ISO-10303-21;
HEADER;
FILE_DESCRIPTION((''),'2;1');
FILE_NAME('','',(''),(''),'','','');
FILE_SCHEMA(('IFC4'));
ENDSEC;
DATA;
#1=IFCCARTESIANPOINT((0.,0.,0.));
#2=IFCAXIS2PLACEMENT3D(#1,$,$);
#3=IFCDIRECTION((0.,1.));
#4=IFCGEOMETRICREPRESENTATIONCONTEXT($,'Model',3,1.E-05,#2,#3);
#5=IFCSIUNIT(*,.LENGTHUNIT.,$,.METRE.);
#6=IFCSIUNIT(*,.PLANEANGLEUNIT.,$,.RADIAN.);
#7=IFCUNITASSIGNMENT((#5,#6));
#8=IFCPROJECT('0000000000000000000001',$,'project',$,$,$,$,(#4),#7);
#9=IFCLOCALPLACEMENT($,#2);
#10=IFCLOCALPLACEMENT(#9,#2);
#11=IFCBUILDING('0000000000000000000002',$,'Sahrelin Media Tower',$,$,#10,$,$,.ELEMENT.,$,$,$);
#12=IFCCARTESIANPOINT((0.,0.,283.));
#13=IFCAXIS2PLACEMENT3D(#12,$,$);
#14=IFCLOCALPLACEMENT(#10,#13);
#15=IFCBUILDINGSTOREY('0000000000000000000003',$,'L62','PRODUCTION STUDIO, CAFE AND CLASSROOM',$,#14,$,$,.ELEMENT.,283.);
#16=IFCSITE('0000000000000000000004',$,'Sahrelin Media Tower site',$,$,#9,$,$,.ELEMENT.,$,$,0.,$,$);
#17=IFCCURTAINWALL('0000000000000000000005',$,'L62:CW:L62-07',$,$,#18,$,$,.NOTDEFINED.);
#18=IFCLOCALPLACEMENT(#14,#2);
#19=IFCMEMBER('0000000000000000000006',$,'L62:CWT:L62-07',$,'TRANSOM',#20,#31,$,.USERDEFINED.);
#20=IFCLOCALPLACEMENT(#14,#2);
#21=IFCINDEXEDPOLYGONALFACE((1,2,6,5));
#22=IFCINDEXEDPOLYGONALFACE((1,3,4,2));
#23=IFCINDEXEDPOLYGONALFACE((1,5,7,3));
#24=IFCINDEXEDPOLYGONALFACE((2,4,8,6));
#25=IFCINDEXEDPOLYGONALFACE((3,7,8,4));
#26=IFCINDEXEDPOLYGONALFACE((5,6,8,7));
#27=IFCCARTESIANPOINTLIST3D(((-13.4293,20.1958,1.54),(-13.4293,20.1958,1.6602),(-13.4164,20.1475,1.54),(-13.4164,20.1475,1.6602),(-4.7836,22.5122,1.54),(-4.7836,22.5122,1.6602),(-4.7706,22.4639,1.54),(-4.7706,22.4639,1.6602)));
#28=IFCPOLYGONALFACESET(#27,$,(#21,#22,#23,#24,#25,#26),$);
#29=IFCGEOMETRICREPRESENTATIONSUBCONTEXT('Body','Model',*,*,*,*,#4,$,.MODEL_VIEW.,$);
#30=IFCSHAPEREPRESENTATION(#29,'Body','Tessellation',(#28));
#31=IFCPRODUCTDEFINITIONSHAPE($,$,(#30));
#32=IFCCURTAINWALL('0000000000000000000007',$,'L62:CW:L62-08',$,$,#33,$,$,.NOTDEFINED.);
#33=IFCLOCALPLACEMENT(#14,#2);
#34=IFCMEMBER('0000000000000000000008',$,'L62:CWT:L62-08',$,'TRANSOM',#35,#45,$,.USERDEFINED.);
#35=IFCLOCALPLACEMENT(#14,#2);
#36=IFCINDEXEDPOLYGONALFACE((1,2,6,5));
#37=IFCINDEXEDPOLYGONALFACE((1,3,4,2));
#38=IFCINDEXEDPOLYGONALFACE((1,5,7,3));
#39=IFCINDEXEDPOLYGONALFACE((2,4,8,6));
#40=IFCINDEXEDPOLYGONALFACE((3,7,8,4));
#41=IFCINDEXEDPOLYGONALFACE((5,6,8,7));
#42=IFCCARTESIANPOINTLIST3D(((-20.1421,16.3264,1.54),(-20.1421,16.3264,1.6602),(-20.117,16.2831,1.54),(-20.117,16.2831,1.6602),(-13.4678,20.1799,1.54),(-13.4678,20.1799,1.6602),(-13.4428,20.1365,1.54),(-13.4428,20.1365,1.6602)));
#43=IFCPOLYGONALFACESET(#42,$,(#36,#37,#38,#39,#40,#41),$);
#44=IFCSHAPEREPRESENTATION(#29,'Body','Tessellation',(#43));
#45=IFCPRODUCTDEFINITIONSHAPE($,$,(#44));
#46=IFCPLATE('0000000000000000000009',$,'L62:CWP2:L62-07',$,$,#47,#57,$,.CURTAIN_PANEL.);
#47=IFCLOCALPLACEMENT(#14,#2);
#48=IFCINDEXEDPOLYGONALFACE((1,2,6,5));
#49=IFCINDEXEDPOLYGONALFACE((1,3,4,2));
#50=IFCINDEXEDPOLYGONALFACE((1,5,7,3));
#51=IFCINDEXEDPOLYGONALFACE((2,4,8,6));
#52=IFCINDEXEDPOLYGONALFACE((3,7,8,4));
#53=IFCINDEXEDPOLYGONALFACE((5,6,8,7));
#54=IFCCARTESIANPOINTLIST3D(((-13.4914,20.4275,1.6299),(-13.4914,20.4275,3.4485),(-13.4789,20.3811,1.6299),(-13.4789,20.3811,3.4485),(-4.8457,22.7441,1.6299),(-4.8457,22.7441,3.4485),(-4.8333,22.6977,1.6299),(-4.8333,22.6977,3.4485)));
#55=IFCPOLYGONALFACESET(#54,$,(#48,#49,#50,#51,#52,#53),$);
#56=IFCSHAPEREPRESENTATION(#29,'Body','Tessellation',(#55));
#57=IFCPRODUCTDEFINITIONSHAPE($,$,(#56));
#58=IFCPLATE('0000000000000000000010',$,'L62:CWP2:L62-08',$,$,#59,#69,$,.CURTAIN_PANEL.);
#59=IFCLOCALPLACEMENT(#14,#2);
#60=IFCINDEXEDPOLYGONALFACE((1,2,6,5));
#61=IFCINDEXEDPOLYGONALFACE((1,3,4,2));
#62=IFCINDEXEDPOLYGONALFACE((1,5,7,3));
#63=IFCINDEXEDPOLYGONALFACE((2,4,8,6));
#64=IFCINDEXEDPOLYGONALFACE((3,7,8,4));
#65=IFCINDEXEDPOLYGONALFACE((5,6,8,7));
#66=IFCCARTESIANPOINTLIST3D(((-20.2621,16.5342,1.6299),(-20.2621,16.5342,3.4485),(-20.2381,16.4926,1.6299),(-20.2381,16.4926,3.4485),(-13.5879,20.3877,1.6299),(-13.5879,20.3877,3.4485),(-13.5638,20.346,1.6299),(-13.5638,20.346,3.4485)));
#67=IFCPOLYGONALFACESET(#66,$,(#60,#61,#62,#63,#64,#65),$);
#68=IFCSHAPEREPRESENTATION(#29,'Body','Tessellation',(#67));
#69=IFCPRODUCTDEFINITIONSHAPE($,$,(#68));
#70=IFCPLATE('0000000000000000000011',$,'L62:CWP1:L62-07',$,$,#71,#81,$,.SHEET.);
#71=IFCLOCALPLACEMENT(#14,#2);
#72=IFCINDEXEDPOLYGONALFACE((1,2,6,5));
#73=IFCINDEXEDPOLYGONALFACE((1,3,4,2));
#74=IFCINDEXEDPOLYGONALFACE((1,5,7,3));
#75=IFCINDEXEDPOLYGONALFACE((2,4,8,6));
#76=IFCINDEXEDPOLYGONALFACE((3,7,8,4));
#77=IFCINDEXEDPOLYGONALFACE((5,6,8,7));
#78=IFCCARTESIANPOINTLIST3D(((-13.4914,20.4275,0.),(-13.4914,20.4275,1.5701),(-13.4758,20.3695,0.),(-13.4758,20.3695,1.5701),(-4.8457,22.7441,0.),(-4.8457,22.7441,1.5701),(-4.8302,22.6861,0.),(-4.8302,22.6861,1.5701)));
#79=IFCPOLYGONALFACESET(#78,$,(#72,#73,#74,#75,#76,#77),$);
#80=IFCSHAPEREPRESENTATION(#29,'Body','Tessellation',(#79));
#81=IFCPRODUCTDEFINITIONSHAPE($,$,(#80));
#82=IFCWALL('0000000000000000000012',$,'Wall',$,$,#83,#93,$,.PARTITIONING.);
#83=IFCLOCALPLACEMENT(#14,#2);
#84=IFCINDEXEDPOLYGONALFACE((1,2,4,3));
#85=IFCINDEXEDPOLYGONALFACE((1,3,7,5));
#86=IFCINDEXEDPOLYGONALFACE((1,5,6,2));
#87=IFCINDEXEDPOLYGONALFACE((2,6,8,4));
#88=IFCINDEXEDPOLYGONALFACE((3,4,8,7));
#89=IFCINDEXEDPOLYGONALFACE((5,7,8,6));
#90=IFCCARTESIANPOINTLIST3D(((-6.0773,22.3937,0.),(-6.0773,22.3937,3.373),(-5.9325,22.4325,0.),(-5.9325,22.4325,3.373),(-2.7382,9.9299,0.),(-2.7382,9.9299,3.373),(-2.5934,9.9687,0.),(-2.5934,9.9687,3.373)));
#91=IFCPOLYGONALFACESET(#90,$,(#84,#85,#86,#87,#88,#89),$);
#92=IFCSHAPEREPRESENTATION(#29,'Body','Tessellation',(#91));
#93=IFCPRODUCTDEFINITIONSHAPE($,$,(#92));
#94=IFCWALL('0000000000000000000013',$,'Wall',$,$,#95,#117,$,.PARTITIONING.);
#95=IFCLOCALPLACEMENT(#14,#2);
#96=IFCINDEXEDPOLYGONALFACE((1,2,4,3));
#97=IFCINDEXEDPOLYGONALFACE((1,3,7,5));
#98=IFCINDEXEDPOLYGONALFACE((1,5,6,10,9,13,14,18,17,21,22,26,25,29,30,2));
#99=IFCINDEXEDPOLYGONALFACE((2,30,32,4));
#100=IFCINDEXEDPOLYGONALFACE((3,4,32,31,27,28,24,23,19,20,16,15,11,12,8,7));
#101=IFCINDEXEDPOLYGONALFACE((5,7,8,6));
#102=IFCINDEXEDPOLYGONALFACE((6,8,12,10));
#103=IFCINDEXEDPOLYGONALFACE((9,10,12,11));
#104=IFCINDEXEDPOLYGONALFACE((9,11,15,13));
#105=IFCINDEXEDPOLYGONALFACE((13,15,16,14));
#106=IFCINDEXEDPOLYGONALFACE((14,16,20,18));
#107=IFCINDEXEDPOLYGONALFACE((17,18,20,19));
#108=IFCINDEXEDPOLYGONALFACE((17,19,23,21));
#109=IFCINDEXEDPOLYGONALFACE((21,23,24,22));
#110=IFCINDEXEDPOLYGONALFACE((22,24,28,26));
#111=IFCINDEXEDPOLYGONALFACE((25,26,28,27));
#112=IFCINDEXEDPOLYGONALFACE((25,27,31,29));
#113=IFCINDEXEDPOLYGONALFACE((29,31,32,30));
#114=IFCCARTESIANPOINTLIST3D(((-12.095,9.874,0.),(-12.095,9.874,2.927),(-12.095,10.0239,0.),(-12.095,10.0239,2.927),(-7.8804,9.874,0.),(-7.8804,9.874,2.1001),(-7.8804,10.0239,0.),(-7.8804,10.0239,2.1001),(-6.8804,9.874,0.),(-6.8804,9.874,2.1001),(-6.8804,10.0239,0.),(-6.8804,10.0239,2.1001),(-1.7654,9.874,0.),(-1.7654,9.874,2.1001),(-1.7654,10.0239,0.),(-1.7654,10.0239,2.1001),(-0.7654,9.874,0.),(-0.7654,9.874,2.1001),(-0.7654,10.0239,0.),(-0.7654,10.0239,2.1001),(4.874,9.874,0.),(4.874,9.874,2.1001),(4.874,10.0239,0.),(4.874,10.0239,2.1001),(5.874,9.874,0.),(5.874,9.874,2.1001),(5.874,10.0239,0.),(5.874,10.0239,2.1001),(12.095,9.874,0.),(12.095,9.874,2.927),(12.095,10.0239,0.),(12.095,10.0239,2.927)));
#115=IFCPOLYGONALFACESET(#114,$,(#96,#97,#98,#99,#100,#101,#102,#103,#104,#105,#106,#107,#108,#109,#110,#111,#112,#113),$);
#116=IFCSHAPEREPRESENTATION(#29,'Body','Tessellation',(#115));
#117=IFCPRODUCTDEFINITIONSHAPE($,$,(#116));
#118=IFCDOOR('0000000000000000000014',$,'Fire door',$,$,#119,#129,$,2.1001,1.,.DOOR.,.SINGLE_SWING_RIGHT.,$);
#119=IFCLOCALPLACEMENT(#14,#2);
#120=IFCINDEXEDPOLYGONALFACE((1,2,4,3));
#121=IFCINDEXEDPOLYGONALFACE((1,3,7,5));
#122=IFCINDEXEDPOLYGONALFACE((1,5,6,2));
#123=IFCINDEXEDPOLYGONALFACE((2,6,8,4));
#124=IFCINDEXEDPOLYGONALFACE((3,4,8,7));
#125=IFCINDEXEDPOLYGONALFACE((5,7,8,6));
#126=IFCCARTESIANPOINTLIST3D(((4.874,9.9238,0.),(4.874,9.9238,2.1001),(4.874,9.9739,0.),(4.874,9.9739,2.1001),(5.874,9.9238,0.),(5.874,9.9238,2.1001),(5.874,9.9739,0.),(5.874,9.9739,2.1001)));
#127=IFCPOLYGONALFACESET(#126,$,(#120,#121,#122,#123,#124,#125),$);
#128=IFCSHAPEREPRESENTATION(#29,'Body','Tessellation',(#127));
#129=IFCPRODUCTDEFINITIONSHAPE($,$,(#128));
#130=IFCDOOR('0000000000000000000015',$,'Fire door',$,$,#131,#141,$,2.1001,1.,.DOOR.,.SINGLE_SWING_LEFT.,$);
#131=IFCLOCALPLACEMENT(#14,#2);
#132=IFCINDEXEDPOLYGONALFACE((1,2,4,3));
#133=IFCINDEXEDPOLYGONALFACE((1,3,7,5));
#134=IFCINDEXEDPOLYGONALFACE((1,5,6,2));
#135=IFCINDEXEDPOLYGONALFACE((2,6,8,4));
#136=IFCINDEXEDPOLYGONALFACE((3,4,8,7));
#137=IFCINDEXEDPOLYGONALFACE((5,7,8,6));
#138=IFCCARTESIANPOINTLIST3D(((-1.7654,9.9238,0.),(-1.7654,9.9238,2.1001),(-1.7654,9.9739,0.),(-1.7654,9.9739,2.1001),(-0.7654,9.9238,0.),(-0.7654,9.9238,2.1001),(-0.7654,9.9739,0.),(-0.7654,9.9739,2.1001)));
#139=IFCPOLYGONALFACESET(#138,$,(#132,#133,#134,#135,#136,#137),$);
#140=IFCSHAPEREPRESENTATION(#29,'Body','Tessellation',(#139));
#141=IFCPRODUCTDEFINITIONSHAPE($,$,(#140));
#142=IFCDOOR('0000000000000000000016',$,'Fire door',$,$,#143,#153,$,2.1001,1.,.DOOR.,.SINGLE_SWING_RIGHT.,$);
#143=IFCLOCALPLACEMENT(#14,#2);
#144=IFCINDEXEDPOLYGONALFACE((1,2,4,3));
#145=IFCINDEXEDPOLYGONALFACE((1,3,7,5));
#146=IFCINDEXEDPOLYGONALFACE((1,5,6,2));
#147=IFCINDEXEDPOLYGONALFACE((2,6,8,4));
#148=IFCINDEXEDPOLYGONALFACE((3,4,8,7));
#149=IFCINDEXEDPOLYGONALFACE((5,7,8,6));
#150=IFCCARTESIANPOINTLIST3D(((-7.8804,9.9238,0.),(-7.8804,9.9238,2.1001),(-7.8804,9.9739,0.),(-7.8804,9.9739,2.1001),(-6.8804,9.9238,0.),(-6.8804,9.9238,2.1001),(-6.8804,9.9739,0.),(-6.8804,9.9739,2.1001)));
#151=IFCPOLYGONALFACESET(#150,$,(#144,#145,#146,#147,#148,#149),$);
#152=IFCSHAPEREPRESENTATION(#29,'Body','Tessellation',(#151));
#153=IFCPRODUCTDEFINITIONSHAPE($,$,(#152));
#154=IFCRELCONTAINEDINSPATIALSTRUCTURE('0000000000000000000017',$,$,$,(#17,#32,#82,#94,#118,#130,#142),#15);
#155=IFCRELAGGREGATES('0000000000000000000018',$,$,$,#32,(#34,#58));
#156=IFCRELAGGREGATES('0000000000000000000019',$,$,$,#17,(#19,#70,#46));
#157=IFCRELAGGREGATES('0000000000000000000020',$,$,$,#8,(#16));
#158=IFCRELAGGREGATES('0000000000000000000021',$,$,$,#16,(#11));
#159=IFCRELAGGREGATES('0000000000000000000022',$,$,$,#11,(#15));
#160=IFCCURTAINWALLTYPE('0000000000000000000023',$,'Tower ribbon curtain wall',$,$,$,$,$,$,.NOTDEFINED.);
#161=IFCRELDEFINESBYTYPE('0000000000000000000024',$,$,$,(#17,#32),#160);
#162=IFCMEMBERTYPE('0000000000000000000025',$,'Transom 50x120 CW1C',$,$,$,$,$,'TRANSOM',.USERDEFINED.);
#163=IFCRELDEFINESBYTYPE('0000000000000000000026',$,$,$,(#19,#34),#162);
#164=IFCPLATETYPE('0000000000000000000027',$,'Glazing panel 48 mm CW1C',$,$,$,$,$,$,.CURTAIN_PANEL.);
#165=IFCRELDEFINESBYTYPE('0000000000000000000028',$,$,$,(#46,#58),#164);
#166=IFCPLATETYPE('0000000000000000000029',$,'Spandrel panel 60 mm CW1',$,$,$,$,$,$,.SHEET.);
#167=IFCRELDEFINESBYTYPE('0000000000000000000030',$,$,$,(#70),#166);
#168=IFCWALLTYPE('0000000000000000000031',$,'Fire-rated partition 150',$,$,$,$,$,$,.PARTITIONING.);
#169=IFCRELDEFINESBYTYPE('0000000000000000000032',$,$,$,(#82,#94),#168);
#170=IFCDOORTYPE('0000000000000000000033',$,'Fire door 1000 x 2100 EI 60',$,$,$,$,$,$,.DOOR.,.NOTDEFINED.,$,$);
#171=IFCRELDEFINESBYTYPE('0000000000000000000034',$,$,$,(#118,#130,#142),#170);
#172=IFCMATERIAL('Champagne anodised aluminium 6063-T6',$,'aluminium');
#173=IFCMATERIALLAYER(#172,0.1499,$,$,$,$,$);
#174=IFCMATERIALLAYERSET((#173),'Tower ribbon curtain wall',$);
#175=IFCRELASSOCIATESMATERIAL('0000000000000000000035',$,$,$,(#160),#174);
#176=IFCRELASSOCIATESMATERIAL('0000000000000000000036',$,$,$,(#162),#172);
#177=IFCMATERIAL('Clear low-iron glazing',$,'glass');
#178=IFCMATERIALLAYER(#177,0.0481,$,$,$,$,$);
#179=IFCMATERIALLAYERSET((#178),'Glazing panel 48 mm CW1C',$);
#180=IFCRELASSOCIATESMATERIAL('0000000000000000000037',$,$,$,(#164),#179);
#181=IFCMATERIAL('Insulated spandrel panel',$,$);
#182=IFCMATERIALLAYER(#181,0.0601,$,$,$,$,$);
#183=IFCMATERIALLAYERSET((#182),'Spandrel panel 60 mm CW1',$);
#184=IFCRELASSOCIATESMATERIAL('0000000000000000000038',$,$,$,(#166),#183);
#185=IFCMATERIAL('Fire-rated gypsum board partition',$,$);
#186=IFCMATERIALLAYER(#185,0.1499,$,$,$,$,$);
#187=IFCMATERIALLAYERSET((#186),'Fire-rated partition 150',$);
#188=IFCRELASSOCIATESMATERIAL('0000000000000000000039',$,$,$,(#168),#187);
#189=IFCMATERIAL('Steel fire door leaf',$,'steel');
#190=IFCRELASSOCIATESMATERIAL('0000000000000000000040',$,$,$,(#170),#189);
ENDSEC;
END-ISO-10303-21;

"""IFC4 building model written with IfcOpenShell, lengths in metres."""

from ifc_helpers import new_model, si_unit, direction, frame, frame_2d, origin, origin_2d, place, context, subcontext, project, spatial, polyline, rectangle, outline, extrude, material, layer, layer_set, material_profile, profile_set, type_object, element, fill, aggregate, save


model = new_model("IFC4")

# Units and contexts
model_context = context("Model", 3, precision=1e-05, world=origin(), true_north=direction((0.0, 1.0)))
body_context = subcontext(model_context, "Body", "Model", "MODEL_VIEW")
ifc_project = project(units=[si_unit("LENGTHUNIT", "METRE"), si_unit("PLANEANGLEUNIT", "RADIAN")], contexts=[model_context])

# Site, building, storey
site_placement = place(None, origin())
site = spatial("IfcSite", under=ifc_project, at=site_placement, Name="Sahrelin Media Tower site", CompositionType="ELEMENT", RefElevation=0.0)
building_placement = place(site_placement, origin())
building = spatial("IfcBuilding", under=site, at=building_placement, Name="Sahrelin Media Tower", CompositionType="ELEMENT")
storey_placement = place(building_placement, frame((0.0, 0.0, 283.0)))
storey = spatial("IfcBuildingStorey", under=building, at=storey_placement, Name="L62", Description="PRODUCTION STUDIO, CAFE AND CLASSROOM", CompositionType="ELEMENT", Elevation=283.0)

# Curtain wall
ifc_material_1 = material(Name="Champagne anodised aluminium 6063-T6", Category="aluminium")
ifc_layer_1 = layer(ifc_material_1, 0.1499)
ifc_layer_set_1 = layer_set([ifc_layer_1], Name="Tower ribbon curtain wall")
curtain_wall_type = type_object("IfcCurtainWallType", Name="Tower ribbon curtain wall", PredefinedType="NOTDEFINED", material=ifc_layer_set_1)
curtain_wall_1_placement = place(storey_placement, frame((-9.1633, 21.5664, 0.0), z_axis=(0.0, 0.0, 1.0), x_axis=(1.0, 0.0, 0.0)))
curtain_wall_1 = element("IfcCurtainWall", 1, at=curtain_wall_1_placement, inside=storey, type_object=curtain_wall_type, Name="L62:CW:L62-07", PredefinedType="NOTDEFINED")

# Member
ifc_material_profile_1 = material_profile(ifc_material_1, rectangle(XDim=0.05, YDim=0.1201, at=origin_2d()), Name="Transom 50x120")
ifc_profile_set_1 = profile_set([ifc_material_profile_1], Name="Champagne anodised aluminium 6063-T6")
member_type_1 = type_object("IfcMemberType", Name="Transom 50x120 CW1C", ElementType="TRANSOM", PredefinedType="USERDEFINED", material=ifc_profile_set_1)
member_1_placement = place(storey_placement, frame((-4.7771, 22.488, 1.6001), z_axis=(-0.965932, -0.258797, 0.0), x_axis=(0.258797, -0.965932, 0.0)))
member_1 = element("IfcMember", 2, at=member_1_placement, type_object=member_type_1, Name="L62:CWT:L62-07", ObjectType="TRANSOM", PredefinedType="USERDEFINED", context=body_context, shape_type="SweptSolid", body=[
    extrude(rectangle(XDim=0.05, YDim=0.1201, at=origin_2d()), origin(), (0.0, 0.0, 1.0), 8.9507),
])

# Curtain wall, member
curtain_wall_2_placement = place(storey_placement, frame((-16.915, 18.4436, 0.0), z_axis=(0.0, 0.0, 1.0), x_axis=(1.0, 0.0, 0.0)))
curtain_wall_2 = element("IfcCurtainWall", 3, at=curtain_wall_2_placement, inside=storey, type_object=curtain_wall_type, Name="L62:CW:L62-08", PredefinedType="NOTDEFINED")
member_2_placement = place(storey_placement, frame((-13.4553, 20.1582, 1.6001), z_axis=(-0.86602, -0.500009, 0.0), x_axis=(0.500009, -0.86602, 0.0)))
member_2 = element("IfcMember", 4, at=member_2_placement, type_object=member_type_1, Name="L62:CWT:L62-08", ObjectType="TRANSOM", PredefinedType="USERDEFINED", context=body_context, shape_type="SweptSolid", body=[
    extrude(rectangle(XDim=0.05, YDim=0.1201, at=origin_2d()), origin(), (0.0, 0.0, 1.0), 7.7068),
])

# Plates
ifc_material_2 = material(Name="Clear low-iron glazing", Category="glass")
ifc_layer_2 = layer(ifc_material_2, 0.0481)
ifc_layer_set_2 = layer_set([ifc_layer_2], Name="Glazing panel 48 mm CW1C")
plate_type_1 = type_object("IfcPlateType", Name="Glazing panel 48 mm CW1C", PredefinedType="CURTAIN_PANEL", material=ifc_layer_set_2)
plate_1_placement = place(storey_placement, frame((-4.8457, 22.7441, 1.6299), z_axis=(-0.258822, 0.965925, 0.0), x_axis=(-0.965925, -0.258822, 0.0)))
plate_1 = element("IfcPlate", 5, at=plate_1_placement, type_object=plate_type_1, Name="L62:CWP2:L62-07", PredefinedType="CURTAIN_PANEL", context=body_context, shape_type="SweptSolid", body=[
    extrude(outline(polyline([(0.0, 0.0), (8.9507, 0.0), (8.9507, 1.8186), (0.0, 1.8186), (0.0, 0.0)])), origin(), (0.0, 0.0, -1.0), 0.0481),
])
plate_2_placement = place(storey_placement, frame((-13.5879, 20.3877, 1.6299), z_axis=(-0.500009, 0.86602, 0.0), x_axis=(-0.86602, -0.500009, 0.0)))
plate_2 = element("IfcPlate", 6, at=plate_2_placement, type_object=plate_type_1, Name="L62:CWP2:L62-08", PredefinedType="CURTAIN_PANEL", context=body_context, shape_type="SweptSolid", body=[
    extrude(outline(polyline([(0.0, 0.0), (7.7068, 0.0), (7.7068, 1.8186), (0.0, 1.8186), (0.0, 0.0)])), origin(), (0.0, 0.0, -1.0), 0.0481),
])
aggregate(curtain_wall_2, [member_2, plate_2])
ifc_material_3 = material(Name="Insulated spandrel panel")
ifc_layer_3 = layer(ifc_material_3, 0.0601)
ifc_layer_set_3 = layer_set([ifc_layer_3], Name="Spandrel panel 60 mm CW1")
plate_type_2 = type_object("IfcPlateType", Name="Spandrel panel 60 mm CW1", PredefinedType="SHEET", material=ifc_layer_set_3)
plate_3_placement = place(storey_placement, frame((-4.8457, 22.7441, 0.0), z_axis=(-0.258822, 0.965925, 0.0), x_axis=(-0.965925, -0.258822, 0.0)))
plate_3 = element("IfcPlate", 7, at=plate_3_placement, type_object=plate_type_2, Name="L62:CWP1:L62-07", PredefinedType="SHEET", context=body_context, shape_type="SweptSolid", body=[
    extrude(outline(polyline([(0.0, 0.0), (8.9507, 0.0), (8.9507, 1.5701), (0.0, 1.5701), (0.0, 0.0)])), origin(), (0.0, 0.0, -1.0), 0.0601),
])
aggregate(curtain_wall_1, [member_1, plate_3, plate_1])

# Wall
ifc_material_4 = material(Name="Fire-rated gypsum board partition")
ifc_layer_4 = layer(ifc_material_4, 0.1499)
ifc_layer_set_4 = layer_set([ifc_layer_4], Name="Fire-rated partition 150")
wall_type_1 = type_object("IfcWallType", Name="Fire-rated partition 150", PredefinedType="PARTITIONING", material=ifc_layer_set_4)
wall_1_placement = place(storey_placement, frame((-6.0049, 22.4131, 0.0), z_axis=(0.0, 0.0, 1.0), x_axis=(0.258778, -0.965937, 0.0)))
element("IfcWall", 8, at=wall_1_placement, inside=storey, type_object=wall_type_1, Name="Wall", PredefinedType="PARTITIONING", context=body_context, shape_type="SweptSolid", body=[
    extrude(rectangle(XDim=12.9033, YDim=0.1499, at=frame_2d((6.4517, 0.0))), origin(), (0.0, 0.0, 1.0), 3.373),
])

# Wall, openings, doors
wall_2_placement = place(storey_placement, frame((-12.095, 9.949, 0.0), z_axis=(0.0, 0.0, 1.0), x_axis=(1.0, 0.0, 0.0)))
wall_2 = element("IfcWall", 9, at=wall_2_placement, inside=storey, type_object=wall_type_1, Name="Wall", PredefinedType="PARTITIONING", context=body_context, shape_type="SweptSolid", body=[
    extrude(rectangle(XDim=24.1899, YDim=0.1499, at=frame_2d((12.095, 0.0))), origin(), (0.0, 0.0, 1.0), 2.927),
])
opening_1_placement = place(wall_2_placement, frame((16.969, 0.0, 0.0)))
opening_1 = element("IfcOpeningElement", 10, at=opening_1_placement, cuts=wall_2, PredefinedType="OPENING", context=body_context, shape_type="SweptSolid", body=[
    extrude(rectangle(XDim=1.0, YDim=2.1001, at=frame_2d((0.5, 1.05))), frame((0.0, 0.075, 0.0), z_axis=(0.0, -1.0, 0.0), x_axis=(1.0, 0.0, 0.0)), (0.0, 0.0, 1.0), 0.1499),
])
opening_2_placement = place(wall_2_placement, frame((10.3296, 0.0, 0.0)))
opening_2 = element("IfcOpeningElement", 11, at=opening_2_placement, cuts=wall_2, PredefinedType="OPENING", context=body_context, shape_type="SweptSolid", body=[
    extrude(rectangle(XDim=1.0, YDim=2.1001, at=frame_2d((0.5, 1.05))), frame((0.0, 0.075, 0.0), z_axis=(0.0, -1.0, 0.0), x_axis=(1.0, 0.0, 0.0)), (0.0, 0.0, 1.0), 0.1499),
])
opening_3_placement = place(wall_2_placement, frame((4.2146, 0.0, 0.0)))
opening_3 = element("IfcOpeningElement", 12, at=opening_3_placement, cuts=wall_2, PredefinedType="OPENING", context=body_context, shape_type="SweptSolid", body=[
    extrude(rectangle(XDim=1.0, YDim=2.1001, at=frame_2d((0.5, 1.05))), frame((0.0, 0.075, 0.0), z_axis=(0.0, -1.0, 0.0), x_axis=(1.0, 0.0, 0.0)), (0.0, 0.0, 1.0), 0.1499),
])
ifc_material_5 = material(Name="Steel fire door leaf", Category="steel")
door_type_1 = type_object("IfcDoorType", Name="Fire door 1000 x 2100 EI 60", OperationType="NOTDEFINED", PredefinedType="DOOR", material=ifc_material_5)
door_1_placement = place(opening_1_placement, origin())
door_1 = element("IfcDoor", 13, at=door_1_placement, inside=storey, type_object=door_type_1, Name="Fire door", OperationType="SINGLE_SWING_RIGHT", OverallHeight=2.1001, OverallWidth=1.0, PredefinedType="DOOR", context=body_context, shape_type="SweptSolid", body=[
    extrude(rectangle(XDim=1.0, YDim=2.1001, at=frame_2d((0.5, 1.05))), frame((0.0, 0.0249, 0.0), z_axis=(0.0, -1.0, 0.0), x_axis=(1.0, 0.0, 0.0)), (0.0, 0.0, 1.0), 0.05),
])
fill(opening_1, door_1)
door_2_placement = place(opening_2_placement, origin())
door_2 = element("IfcDoor", 14, at=door_2_placement, inside=storey, type_object=door_type_1, Name="Fire door", OperationType="SINGLE_SWING_LEFT", OverallHeight=2.1001, OverallWidth=1.0, PredefinedType="DOOR", context=body_context, shape_type="SweptSolid", body=[
    extrude(rectangle(XDim=1.0, YDim=2.1001, at=frame_2d((0.5, 1.05))), frame((0.0, 0.0249, 0.0), z_axis=(0.0, -1.0, 0.0), x_axis=(1.0, 0.0, 0.0)), (0.0, 0.0, 1.0), 0.05),
])
fill(opening_2, door_2)
door_3_placement = place(opening_3_placement, origin())
door_3 = element("IfcDoor", 15, at=door_3_placement, inside=storey, type_object=door_type_1, Name="Fire door", OperationType="SINGLE_SWING_RIGHT", OverallHeight=2.1001, OverallWidth=1.0, PredefinedType="DOOR", context=body_context, shape_type="SweptSolid", body=[
    extrude(rectangle(XDim=1.0, YDim=2.1001, at=frame_2d((0.5, 1.05))), frame((0.0, 0.0249, 0.0), z_axis=(0.0, -1.0, 0.0), x_axis=(1.0, 0.0, 0.0)), (0.0, 0.0, 1.0), 0.05),
])
fill(opening_3, door_3)

save(model, "model.ifc")
